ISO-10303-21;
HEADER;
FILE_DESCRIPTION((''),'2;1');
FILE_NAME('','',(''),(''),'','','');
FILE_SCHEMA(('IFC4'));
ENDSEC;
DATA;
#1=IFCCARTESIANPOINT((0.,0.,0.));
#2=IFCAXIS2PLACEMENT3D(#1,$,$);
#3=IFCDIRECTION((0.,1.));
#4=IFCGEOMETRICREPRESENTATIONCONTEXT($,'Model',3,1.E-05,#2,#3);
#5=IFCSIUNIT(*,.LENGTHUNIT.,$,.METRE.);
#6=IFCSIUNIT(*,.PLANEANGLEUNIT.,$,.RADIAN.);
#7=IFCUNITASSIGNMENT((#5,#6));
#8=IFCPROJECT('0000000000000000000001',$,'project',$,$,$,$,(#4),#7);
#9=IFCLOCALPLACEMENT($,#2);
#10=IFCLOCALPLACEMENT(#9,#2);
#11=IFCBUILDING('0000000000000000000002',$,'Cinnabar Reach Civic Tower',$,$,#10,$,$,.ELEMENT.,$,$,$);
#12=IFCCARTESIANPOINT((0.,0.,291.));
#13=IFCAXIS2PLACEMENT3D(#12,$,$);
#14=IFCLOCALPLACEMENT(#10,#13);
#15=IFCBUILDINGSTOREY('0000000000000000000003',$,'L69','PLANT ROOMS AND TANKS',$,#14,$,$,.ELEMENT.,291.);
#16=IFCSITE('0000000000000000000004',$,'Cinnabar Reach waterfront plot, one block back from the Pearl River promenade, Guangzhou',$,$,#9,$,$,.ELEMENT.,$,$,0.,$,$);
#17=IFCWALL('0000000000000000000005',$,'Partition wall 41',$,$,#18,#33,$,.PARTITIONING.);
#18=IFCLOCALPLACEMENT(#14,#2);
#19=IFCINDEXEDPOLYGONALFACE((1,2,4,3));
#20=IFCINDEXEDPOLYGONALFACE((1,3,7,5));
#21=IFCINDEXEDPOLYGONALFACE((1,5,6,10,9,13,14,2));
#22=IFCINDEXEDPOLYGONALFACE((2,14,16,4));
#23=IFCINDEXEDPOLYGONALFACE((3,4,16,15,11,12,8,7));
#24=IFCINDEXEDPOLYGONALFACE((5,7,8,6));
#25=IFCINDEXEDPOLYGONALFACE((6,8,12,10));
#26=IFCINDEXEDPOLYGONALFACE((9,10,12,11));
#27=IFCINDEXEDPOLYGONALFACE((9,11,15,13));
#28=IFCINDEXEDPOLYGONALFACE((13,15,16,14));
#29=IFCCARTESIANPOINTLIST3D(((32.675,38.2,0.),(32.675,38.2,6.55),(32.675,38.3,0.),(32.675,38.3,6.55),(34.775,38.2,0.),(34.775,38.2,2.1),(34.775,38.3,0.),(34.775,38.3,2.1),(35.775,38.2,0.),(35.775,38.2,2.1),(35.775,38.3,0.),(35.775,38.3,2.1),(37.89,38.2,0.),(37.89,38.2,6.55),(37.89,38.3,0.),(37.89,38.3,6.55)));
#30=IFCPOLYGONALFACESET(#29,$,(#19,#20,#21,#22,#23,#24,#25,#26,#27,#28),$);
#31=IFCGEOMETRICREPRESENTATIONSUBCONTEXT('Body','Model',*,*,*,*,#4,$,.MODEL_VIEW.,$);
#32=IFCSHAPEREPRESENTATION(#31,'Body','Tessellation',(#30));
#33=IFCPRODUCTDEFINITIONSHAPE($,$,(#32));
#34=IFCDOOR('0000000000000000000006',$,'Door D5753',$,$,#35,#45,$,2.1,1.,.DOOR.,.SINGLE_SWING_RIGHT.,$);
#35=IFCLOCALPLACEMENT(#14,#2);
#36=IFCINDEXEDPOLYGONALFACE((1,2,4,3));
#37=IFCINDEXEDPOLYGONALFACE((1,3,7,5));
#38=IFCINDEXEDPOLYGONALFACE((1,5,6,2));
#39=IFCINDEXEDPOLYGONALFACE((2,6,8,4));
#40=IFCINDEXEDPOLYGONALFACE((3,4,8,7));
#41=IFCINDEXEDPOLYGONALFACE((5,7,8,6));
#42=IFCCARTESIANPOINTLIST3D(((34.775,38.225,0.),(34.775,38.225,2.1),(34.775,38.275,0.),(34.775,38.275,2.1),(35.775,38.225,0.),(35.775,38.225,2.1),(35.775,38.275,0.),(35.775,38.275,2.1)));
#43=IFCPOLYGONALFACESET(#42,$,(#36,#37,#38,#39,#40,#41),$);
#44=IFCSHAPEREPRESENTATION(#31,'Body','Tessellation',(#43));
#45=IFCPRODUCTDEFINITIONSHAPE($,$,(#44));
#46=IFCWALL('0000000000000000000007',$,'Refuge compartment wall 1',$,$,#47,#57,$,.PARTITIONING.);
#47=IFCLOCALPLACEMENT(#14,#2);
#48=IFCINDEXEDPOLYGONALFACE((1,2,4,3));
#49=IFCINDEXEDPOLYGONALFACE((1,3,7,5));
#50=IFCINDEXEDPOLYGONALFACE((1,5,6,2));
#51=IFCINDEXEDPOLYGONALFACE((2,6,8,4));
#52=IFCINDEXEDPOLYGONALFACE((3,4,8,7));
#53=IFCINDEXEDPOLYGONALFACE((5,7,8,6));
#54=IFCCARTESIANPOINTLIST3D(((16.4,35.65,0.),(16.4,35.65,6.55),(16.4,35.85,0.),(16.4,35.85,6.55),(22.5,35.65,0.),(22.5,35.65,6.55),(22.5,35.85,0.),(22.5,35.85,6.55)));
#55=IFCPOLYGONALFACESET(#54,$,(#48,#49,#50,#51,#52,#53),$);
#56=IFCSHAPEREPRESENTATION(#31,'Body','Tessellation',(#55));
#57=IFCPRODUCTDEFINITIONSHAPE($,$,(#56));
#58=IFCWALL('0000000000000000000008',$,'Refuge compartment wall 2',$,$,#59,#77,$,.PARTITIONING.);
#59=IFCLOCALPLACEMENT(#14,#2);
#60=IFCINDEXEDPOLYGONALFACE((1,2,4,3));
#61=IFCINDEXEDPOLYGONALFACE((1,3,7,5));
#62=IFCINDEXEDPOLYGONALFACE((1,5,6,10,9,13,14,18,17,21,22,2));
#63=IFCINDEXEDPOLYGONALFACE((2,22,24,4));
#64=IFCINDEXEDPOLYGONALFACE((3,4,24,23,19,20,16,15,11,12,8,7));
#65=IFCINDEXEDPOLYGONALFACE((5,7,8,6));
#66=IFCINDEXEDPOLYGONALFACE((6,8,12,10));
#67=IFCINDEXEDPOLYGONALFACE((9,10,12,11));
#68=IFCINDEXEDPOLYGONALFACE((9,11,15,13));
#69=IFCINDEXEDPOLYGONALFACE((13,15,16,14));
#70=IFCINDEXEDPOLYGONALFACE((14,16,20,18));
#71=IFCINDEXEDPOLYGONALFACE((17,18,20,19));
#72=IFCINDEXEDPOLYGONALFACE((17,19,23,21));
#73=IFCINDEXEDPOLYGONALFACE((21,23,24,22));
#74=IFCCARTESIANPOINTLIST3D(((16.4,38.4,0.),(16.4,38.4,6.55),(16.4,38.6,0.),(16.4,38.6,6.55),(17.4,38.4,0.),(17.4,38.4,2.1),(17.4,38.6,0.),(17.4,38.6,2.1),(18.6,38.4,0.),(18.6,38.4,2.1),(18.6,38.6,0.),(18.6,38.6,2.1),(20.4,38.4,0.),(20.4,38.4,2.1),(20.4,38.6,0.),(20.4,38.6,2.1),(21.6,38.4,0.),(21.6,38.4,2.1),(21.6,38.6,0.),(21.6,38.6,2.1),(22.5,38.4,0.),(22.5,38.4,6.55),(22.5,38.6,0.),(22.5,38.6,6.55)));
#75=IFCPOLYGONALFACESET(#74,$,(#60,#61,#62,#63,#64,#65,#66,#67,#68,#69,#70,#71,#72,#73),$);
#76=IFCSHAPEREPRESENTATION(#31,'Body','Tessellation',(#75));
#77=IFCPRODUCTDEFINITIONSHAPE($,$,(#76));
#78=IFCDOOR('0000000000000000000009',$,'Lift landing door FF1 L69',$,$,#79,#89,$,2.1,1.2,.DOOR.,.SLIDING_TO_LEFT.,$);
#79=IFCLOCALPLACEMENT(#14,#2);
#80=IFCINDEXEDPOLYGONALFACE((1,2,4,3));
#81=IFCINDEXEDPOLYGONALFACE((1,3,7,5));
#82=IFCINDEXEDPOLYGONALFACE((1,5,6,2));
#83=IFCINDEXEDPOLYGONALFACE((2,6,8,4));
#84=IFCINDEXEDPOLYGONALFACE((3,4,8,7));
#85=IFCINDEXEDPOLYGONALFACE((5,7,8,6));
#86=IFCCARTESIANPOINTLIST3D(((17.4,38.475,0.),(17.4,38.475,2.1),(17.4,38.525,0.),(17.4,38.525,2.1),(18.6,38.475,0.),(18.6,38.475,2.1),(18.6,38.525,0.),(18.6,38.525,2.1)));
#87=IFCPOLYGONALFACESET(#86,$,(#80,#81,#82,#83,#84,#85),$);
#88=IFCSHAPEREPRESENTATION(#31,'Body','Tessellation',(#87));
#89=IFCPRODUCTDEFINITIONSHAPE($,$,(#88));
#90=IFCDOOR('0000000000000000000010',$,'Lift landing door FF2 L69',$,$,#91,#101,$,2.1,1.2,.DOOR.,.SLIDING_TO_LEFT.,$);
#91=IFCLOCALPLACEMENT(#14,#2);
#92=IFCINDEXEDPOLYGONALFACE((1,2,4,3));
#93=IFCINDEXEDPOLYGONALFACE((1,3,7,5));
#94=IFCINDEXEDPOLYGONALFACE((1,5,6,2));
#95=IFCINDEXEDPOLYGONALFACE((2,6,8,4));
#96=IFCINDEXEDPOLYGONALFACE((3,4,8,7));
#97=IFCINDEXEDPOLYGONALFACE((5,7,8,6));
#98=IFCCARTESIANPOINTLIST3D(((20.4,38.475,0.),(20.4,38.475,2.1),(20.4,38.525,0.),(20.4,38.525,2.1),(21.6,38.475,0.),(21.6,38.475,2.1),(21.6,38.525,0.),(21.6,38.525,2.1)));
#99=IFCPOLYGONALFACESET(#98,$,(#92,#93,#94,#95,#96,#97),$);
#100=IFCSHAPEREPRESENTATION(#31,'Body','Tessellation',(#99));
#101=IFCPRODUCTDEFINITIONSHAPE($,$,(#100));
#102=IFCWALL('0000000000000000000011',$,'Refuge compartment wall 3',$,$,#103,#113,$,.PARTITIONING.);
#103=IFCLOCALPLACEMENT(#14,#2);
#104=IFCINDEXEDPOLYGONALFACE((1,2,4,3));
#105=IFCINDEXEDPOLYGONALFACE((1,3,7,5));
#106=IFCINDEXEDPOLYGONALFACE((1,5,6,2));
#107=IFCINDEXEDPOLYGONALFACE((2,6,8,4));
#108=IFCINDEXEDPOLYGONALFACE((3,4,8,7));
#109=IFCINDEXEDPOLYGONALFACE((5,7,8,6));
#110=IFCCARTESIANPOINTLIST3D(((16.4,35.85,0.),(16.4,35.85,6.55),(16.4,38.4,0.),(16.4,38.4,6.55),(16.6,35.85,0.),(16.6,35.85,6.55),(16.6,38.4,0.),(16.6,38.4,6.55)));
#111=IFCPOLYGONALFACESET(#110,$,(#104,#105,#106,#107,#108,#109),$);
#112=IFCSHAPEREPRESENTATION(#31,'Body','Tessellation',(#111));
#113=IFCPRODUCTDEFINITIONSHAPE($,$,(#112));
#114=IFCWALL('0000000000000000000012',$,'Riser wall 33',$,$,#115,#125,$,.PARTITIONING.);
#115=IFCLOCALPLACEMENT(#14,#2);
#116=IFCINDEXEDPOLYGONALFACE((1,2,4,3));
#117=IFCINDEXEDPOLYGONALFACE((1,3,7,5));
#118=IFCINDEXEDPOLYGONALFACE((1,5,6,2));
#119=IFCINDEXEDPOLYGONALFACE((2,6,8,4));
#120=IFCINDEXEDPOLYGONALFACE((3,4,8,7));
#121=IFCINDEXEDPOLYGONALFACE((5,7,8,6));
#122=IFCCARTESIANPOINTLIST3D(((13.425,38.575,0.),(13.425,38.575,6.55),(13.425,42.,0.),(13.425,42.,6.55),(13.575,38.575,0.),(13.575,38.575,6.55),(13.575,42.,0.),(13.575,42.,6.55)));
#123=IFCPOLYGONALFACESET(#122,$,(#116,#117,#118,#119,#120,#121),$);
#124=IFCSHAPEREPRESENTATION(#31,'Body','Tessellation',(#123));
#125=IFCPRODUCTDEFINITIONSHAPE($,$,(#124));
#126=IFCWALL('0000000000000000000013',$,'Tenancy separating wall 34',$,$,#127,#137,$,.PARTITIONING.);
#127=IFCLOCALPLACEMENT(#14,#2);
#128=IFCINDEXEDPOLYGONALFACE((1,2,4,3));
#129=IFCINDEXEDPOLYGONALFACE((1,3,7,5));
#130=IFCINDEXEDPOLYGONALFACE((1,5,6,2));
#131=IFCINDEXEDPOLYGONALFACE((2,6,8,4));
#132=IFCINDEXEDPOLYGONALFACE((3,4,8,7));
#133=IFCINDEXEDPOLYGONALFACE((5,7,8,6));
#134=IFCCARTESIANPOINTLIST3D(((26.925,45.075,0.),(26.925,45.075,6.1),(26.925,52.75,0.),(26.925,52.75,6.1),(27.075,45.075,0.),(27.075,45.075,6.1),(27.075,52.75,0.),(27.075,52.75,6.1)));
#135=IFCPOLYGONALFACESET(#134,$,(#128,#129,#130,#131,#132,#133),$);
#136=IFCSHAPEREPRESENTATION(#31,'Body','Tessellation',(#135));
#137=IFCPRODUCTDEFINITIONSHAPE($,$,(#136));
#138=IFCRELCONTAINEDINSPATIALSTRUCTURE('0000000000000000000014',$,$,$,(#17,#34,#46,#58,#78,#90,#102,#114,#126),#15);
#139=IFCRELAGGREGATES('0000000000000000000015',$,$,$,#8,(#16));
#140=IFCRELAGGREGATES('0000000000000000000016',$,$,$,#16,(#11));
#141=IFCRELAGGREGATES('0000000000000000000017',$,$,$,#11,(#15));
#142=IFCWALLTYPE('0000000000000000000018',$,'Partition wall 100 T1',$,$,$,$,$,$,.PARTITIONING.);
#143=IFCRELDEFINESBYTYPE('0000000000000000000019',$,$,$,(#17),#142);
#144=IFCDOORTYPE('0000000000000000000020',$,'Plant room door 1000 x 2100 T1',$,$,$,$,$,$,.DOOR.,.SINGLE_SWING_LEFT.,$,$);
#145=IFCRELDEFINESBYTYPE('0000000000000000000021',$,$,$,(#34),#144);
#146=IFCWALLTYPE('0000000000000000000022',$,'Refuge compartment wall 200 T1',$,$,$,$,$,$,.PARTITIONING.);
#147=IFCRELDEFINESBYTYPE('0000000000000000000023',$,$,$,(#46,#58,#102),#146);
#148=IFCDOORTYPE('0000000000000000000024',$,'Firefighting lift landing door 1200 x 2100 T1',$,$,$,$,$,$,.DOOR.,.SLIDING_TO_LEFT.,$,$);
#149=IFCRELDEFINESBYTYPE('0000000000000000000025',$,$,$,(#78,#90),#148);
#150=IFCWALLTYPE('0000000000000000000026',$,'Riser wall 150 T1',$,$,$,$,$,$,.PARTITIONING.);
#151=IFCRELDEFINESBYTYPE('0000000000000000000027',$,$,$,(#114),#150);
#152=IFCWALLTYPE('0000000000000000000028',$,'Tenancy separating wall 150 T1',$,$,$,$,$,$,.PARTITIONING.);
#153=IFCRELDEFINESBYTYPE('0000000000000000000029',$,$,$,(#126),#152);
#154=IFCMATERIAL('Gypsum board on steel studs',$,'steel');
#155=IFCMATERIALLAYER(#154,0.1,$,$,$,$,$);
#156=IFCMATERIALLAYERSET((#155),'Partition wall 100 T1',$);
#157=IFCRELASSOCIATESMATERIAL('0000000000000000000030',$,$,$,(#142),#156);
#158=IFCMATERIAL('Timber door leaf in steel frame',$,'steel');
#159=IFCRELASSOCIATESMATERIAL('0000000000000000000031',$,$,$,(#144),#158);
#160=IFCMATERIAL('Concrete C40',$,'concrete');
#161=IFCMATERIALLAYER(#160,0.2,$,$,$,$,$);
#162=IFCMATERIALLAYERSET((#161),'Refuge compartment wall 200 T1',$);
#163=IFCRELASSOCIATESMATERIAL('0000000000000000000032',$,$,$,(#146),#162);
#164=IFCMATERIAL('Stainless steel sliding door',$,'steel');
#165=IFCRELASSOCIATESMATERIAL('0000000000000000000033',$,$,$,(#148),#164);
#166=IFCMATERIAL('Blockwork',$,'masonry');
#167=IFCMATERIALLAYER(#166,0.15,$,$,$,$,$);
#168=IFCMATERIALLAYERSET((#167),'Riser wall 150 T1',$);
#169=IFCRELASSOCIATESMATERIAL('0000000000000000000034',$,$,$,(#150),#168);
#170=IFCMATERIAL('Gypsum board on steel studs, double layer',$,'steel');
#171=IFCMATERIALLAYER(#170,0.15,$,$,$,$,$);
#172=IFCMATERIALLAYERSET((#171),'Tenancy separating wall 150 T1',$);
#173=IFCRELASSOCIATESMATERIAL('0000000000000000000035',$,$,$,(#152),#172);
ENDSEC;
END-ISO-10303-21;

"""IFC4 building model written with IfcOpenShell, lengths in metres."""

from ifc_helpers import new_model, si_unit, direction, frame, frame_2d, origin, place, context, subcontext, project, spatial, rectangle, extrude, material, layer, layer_set, type_object, element, fill, save


model = new_model("IFC4")

# Units and contexts
model_context = context("Model", 3, precision=1e-05, world=origin(), true_north=direction((0.0, 1.0)))
body_context = subcontext(model_context, "Body", "Model", "MODEL_VIEW")
ifc_project = project(units=[si_unit("LENGTHUNIT", "METRE"), si_unit("PLANEANGLEUNIT", "RADIAN")], contexts=[model_context])

# Site, building, storey
site_placement = place(None, origin())
site = spatial("IfcSite", under=ifc_project, at=site_placement, Name="Cinnabar Reach waterfront plot, one block back from the Pearl River promenade, Guangzhou", CompositionType="ELEMENT", RefElevation=0.0)
building_placement = place(site_placement, origin())
building = spatial("IfcBuilding", under=site, at=building_placement, Name="Cinnabar Reach Civic Tower", CompositionType="ELEMENT")
storey_placement = place(building_placement, frame((0.0, 0.0, 291.0)))
storey = spatial("IfcBuildingStorey", under=building, at=storey_placement, Name="L69", Description="PLANT ROOMS AND TANKS", CompositionType="ELEMENT", Elevation=291.0)

# Shared definitions
ifc_material_1 = material(Name="Gypsum board on steel studs, double layer", Category="steel")
ifc_material_2 = material(Name="Blockwork", Category="masonry")
ifc_material_3 = material(Name="Gypsum board on steel studs", Category="steel")
ifc_layer_1 = layer(ifc_material_3, 0.1)
ifc_layer_set_1 = layer_set([ifc_layer_1], Name="Partition wall 100 T1")
wall_type_1 = type_object("IfcWallType", Name="Partition wall 100 T1", PredefinedType="PARTITIONING", material=ifc_layer_set_1)

# Wall, opening, door
ifc_material_4 = material(Name="Timber door leaf in steel frame", Category="steel")
door_type_1 = type_object("IfcDoorType", Name="Plant room door 1000 x 2100 T1", OperationType="SINGLE_SWING_LEFT", PredefinedType="DOOR", material=ifc_material_4)
wall_1_placement = place(storey_placement, frame((32.675, 38.25, 0.0), z_axis=(0.0, 0.0, 1.0), x_axis=(1.0, 0.0, 0.0)))
wall_1 = element("IfcWall", 1, at=wall_1_placement, inside=storey, type_object=wall_type_1, Name="Partition wall 41", PredefinedType="PARTITIONING", context=body_context, shape_type="SweptSolid", body=[
    extrude(rectangle(XDim=5.215, YDim=0.1, at=frame_2d((2.6075, 0.0))), origin(), (0.0, 0.0, 1.0), 6.55),
])
opening_1_placement = place(wall_1_placement, frame((2.1, 0.0, 0.0)))
opening_1 = element("IfcOpeningElement", 2, at=opening_1_placement, cuts=wall_1, PredefinedType="OPENING", context=body_context, shape_type="SweptSolid", body=[
    extrude(rectangle(XDim=1.0, YDim=2.1, at=frame_2d((0.5, 1.05))), frame((0.0, 0.06, 0.0), z_axis=(0.0, -1.0, 0.0), x_axis=(1.0, 0.0, 0.0)), (0.0, 0.0, 1.0), 0.12),
])
door_1_placement = place(opening_1_placement, frame((1.0, 0.0, 0.0), z_axis=(0.0, 0.0, 1.0), x_axis=(-1.0, 0.0, 0.0)))
door_1 = element("IfcDoor", 3, at=door_1_placement, inside=storey, type_object=door_type_1, Name="Door D5753", OperationType="SINGLE_SWING_RIGHT", OverallHeight=2.1, OverallWidth=1.0, PredefinedType="DOOR", context=body_context, shape_type="SweptSolid", body=[
    extrude(rectangle(XDim=1.0, YDim=2.1, at=frame_2d((0.5, 1.05))), frame((0.0, 0.025, 0.0), z_axis=(0.0, -1.0, 0.0), x_axis=(1.0, 0.0, 0.0)), (0.0, 0.0, 1.0), 0.05),
])
fill(opening_1, door_1)

# Wall
ifc_material_5 = material(Name="Concrete C40", Category="concrete")
ifc_layer_2 = layer(ifc_material_5, 0.2)
ifc_layer_set_2 = layer_set([ifc_layer_2], Name="Refuge compartment wall 200 T1")
wall_type_2 = type_object("IfcWallType", Name="Refuge compartment wall 200 T1", PredefinedType="PARTITIONING", material=ifc_layer_set_2)
wall_2_placement = place(storey_placement, frame((16.4, 35.75, 0.0), z_axis=(0.0, 0.0, 1.0), x_axis=(1.0, 0.0, 0.0)))
element("IfcWall", 4, at=wall_2_placement, inside=storey, type_object=wall_type_2, Name="Refuge compartment wall 1", PredefinedType="PARTITIONING", context=body_context, shape_type="SweptSolid", body=[
    extrude(rectangle(XDim=6.1, YDim=0.2, at=frame_2d((3.05, 0.0))), origin(), (0.0, 0.0, 1.0), 6.55),
])

# Wall, openings, doors
wall_3_placement = place(storey_placement, frame((16.4, 38.5, 0.0), z_axis=(0.0, 0.0, 1.0), x_axis=(1.0, 0.0, 0.0)))
wall_3 = element("IfcWall", 5, at=wall_3_placement, inside=storey, type_object=wall_type_2, Name="Refuge compartment wall 2", PredefinedType="PARTITIONING", context=body_context, shape_type="SweptSolid", body=[
    extrude(rectangle(XDim=6.1, YDim=0.2, at=frame_2d((3.05, 0.0))), origin(), (0.0, 0.0, 1.0), 6.55),
])
opening_2_placement = place(wall_3_placement, frame((1.0, 0.0, 0.0)))
opening_2 = element("IfcOpeningElement", 6, at=opening_2_placement, cuts=wall_3, PredefinedType="OPENING", context=body_context, shape_type="SweptSolid", body=[
    extrude(rectangle(XDim=1.2, YDim=2.1, at=frame_2d((0.6, 1.05))), frame((0.0, 0.11, 0.0), z_axis=(0.0, -1.0, 0.0), x_axis=(1.0, 0.0, 0.0)), (0.0, 0.0, 1.0), 0.22),
])
opening_3_placement = place(wall_3_placement, frame((4.0, 0.0, 0.0)))
opening_3 = element("IfcOpeningElement", 7, at=opening_3_placement, cuts=wall_3, PredefinedType="OPENING", context=body_context, shape_type="SweptSolid", body=[
    extrude(rectangle(XDim=1.2, YDim=2.1, at=frame_2d((0.6, 1.05))), frame((0.0, 0.11, 0.0), z_axis=(0.0, -1.0, 0.0), x_axis=(1.0, 0.0, 0.0)), (0.0, 0.0, 1.0), 0.22),
])
ifc_material_6 = material(Name="Stainless steel sliding door", Category="steel")
door_type_2 = type_object("IfcDoorType", Name="Firefighting lift landing door 1200 x 2100 T1", OperationType="SLIDING_TO_LEFT", PredefinedType="DOOR", material=ifc_material_6)
door_2_placement = place(opening_2_placement, origin())
door_2 = element("IfcDoor", 8, at=door_2_placement, inside=storey, type_object=door_type_2, Name="Lift landing door FF1 L69", OperationType="SLIDING_TO_LEFT", OverallHeight=2.1, OverallWidth=1.2, PredefinedType="DOOR", context=body_context, shape_type="SweptSolid", body=[
    extrude(rectangle(XDim=1.2, YDim=2.1, at=frame_2d((0.6, 1.05))), frame((0.0, 0.025, 0.0), z_axis=(0.0, -1.0, 0.0), x_axis=(1.0, 0.0, 0.0)), (0.0, 0.0, 1.0), 0.05),
])
fill(opening_2, door_2)
door_3_placement = place(opening_3_placement, origin())
door_3 = element("IfcDoor", 9, at=door_3_placement, inside=storey, type_object=door_type_2, Name="Lift landing door FF2 L69", OperationType="SLIDING_TO_LEFT", OverallHeight=2.1, OverallWidth=1.2, PredefinedType="DOOR", context=body_context, shape_type="SweptSolid", body=[
    extrude(rectangle(XDim=1.2, YDim=2.1, at=frame_2d((0.6, 1.05))), frame((0.0, 0.025, 0.0), z_axis=(0.0, -1.0, 0.0), x_axis=(1.0, 0.0, 0.0)), (0.0, 0.0, 1.0), 0.05),
])
fill(opening_3, door_3)

# Walls
wall_4_placement = place(storey_placement, frame((16.5, 35.85, 0.0), z_axis=(0.0, 0.0, 1.0), x_axis=(0.0, 1.0, 0.0)))
element("IfcWall", 10, at=wall_4_placement, inside=storey, type_object=wall_type_2, Name="Refuge compartment wall 3", PredefinedType="PARTITIONING", context=body_context, shape_type="SweptSolid", body=[
    extrude(rectangle(XDim=2.55, YDim=0.2, at=frame_2d((1.275, 0.0))), origin(), (0.0, 0.0, 1.0), 6.55),
])
ifc_layer_3 = layer(ifc_material_2, 0.15)
ifc_layer_set_3 = layer_set([ifc_layer_3], Name="Riser wall 150 T1")
wall_type_3 = type_object("IfcWallType", Name="Riser wall 150 T1", PredefinedType="PARTITIONING", material=ifc_layer_set_3)
wall_5_placement = place(storey_placement, frame((13.5, 38.575, 0.0), z_axis=(0.0, 0.0, 1.0), x_axis=(0.0, 1.0, 0.0)))
element("IfcWall", 11, at=wall_5_placement, inside=storey, type_object=wall_type_3, Name="Riser wall 33", PredefinedType="PARTITIONING", context=body_context, shape_type="SweptSolid", body=[
    extrude(rectangle(XDim=3.425, YDim=0.15, at=frame_2d((1.7125, 0.0))), origin(), (0.0, 0.0, 1.0), 6.55),
])
ifc_layer_4 = layer(ifc_material_1, 0.15)
ifc_layer_set_4 = layer_set([ifc_layer_4], Name="Tenancy separating wall 150 T1")
wall_type_4 = type_object("IfcWallType", Name="Tenancy separating wall 150 T1", PredefinedType="PARTITIONING", material=ifc_layer_set_4)
wall_6_placement = place(storey_placement, frame((27.0, 45.075, 0.0), z_axis=(0.0, 0.0, 1.0), x_axis=(0.0, 1.0, 0.0)))
element("IfcWall", 12, at=wall_6_placement, inside=storey, type_object=wall_type_4, Name="Tenancy separating wall 34", PredefinedType="PARTITIONING", context=body_context, shape_type="SweptSolid", body=[
    extrude(rectangle(XDim=7.675, YDim=0.15, at=frame_2d((3.8375, 0.0))), origin(), (0.0, 0.0, 1.0), 6.1),
])

save(model, "model.ifc")
